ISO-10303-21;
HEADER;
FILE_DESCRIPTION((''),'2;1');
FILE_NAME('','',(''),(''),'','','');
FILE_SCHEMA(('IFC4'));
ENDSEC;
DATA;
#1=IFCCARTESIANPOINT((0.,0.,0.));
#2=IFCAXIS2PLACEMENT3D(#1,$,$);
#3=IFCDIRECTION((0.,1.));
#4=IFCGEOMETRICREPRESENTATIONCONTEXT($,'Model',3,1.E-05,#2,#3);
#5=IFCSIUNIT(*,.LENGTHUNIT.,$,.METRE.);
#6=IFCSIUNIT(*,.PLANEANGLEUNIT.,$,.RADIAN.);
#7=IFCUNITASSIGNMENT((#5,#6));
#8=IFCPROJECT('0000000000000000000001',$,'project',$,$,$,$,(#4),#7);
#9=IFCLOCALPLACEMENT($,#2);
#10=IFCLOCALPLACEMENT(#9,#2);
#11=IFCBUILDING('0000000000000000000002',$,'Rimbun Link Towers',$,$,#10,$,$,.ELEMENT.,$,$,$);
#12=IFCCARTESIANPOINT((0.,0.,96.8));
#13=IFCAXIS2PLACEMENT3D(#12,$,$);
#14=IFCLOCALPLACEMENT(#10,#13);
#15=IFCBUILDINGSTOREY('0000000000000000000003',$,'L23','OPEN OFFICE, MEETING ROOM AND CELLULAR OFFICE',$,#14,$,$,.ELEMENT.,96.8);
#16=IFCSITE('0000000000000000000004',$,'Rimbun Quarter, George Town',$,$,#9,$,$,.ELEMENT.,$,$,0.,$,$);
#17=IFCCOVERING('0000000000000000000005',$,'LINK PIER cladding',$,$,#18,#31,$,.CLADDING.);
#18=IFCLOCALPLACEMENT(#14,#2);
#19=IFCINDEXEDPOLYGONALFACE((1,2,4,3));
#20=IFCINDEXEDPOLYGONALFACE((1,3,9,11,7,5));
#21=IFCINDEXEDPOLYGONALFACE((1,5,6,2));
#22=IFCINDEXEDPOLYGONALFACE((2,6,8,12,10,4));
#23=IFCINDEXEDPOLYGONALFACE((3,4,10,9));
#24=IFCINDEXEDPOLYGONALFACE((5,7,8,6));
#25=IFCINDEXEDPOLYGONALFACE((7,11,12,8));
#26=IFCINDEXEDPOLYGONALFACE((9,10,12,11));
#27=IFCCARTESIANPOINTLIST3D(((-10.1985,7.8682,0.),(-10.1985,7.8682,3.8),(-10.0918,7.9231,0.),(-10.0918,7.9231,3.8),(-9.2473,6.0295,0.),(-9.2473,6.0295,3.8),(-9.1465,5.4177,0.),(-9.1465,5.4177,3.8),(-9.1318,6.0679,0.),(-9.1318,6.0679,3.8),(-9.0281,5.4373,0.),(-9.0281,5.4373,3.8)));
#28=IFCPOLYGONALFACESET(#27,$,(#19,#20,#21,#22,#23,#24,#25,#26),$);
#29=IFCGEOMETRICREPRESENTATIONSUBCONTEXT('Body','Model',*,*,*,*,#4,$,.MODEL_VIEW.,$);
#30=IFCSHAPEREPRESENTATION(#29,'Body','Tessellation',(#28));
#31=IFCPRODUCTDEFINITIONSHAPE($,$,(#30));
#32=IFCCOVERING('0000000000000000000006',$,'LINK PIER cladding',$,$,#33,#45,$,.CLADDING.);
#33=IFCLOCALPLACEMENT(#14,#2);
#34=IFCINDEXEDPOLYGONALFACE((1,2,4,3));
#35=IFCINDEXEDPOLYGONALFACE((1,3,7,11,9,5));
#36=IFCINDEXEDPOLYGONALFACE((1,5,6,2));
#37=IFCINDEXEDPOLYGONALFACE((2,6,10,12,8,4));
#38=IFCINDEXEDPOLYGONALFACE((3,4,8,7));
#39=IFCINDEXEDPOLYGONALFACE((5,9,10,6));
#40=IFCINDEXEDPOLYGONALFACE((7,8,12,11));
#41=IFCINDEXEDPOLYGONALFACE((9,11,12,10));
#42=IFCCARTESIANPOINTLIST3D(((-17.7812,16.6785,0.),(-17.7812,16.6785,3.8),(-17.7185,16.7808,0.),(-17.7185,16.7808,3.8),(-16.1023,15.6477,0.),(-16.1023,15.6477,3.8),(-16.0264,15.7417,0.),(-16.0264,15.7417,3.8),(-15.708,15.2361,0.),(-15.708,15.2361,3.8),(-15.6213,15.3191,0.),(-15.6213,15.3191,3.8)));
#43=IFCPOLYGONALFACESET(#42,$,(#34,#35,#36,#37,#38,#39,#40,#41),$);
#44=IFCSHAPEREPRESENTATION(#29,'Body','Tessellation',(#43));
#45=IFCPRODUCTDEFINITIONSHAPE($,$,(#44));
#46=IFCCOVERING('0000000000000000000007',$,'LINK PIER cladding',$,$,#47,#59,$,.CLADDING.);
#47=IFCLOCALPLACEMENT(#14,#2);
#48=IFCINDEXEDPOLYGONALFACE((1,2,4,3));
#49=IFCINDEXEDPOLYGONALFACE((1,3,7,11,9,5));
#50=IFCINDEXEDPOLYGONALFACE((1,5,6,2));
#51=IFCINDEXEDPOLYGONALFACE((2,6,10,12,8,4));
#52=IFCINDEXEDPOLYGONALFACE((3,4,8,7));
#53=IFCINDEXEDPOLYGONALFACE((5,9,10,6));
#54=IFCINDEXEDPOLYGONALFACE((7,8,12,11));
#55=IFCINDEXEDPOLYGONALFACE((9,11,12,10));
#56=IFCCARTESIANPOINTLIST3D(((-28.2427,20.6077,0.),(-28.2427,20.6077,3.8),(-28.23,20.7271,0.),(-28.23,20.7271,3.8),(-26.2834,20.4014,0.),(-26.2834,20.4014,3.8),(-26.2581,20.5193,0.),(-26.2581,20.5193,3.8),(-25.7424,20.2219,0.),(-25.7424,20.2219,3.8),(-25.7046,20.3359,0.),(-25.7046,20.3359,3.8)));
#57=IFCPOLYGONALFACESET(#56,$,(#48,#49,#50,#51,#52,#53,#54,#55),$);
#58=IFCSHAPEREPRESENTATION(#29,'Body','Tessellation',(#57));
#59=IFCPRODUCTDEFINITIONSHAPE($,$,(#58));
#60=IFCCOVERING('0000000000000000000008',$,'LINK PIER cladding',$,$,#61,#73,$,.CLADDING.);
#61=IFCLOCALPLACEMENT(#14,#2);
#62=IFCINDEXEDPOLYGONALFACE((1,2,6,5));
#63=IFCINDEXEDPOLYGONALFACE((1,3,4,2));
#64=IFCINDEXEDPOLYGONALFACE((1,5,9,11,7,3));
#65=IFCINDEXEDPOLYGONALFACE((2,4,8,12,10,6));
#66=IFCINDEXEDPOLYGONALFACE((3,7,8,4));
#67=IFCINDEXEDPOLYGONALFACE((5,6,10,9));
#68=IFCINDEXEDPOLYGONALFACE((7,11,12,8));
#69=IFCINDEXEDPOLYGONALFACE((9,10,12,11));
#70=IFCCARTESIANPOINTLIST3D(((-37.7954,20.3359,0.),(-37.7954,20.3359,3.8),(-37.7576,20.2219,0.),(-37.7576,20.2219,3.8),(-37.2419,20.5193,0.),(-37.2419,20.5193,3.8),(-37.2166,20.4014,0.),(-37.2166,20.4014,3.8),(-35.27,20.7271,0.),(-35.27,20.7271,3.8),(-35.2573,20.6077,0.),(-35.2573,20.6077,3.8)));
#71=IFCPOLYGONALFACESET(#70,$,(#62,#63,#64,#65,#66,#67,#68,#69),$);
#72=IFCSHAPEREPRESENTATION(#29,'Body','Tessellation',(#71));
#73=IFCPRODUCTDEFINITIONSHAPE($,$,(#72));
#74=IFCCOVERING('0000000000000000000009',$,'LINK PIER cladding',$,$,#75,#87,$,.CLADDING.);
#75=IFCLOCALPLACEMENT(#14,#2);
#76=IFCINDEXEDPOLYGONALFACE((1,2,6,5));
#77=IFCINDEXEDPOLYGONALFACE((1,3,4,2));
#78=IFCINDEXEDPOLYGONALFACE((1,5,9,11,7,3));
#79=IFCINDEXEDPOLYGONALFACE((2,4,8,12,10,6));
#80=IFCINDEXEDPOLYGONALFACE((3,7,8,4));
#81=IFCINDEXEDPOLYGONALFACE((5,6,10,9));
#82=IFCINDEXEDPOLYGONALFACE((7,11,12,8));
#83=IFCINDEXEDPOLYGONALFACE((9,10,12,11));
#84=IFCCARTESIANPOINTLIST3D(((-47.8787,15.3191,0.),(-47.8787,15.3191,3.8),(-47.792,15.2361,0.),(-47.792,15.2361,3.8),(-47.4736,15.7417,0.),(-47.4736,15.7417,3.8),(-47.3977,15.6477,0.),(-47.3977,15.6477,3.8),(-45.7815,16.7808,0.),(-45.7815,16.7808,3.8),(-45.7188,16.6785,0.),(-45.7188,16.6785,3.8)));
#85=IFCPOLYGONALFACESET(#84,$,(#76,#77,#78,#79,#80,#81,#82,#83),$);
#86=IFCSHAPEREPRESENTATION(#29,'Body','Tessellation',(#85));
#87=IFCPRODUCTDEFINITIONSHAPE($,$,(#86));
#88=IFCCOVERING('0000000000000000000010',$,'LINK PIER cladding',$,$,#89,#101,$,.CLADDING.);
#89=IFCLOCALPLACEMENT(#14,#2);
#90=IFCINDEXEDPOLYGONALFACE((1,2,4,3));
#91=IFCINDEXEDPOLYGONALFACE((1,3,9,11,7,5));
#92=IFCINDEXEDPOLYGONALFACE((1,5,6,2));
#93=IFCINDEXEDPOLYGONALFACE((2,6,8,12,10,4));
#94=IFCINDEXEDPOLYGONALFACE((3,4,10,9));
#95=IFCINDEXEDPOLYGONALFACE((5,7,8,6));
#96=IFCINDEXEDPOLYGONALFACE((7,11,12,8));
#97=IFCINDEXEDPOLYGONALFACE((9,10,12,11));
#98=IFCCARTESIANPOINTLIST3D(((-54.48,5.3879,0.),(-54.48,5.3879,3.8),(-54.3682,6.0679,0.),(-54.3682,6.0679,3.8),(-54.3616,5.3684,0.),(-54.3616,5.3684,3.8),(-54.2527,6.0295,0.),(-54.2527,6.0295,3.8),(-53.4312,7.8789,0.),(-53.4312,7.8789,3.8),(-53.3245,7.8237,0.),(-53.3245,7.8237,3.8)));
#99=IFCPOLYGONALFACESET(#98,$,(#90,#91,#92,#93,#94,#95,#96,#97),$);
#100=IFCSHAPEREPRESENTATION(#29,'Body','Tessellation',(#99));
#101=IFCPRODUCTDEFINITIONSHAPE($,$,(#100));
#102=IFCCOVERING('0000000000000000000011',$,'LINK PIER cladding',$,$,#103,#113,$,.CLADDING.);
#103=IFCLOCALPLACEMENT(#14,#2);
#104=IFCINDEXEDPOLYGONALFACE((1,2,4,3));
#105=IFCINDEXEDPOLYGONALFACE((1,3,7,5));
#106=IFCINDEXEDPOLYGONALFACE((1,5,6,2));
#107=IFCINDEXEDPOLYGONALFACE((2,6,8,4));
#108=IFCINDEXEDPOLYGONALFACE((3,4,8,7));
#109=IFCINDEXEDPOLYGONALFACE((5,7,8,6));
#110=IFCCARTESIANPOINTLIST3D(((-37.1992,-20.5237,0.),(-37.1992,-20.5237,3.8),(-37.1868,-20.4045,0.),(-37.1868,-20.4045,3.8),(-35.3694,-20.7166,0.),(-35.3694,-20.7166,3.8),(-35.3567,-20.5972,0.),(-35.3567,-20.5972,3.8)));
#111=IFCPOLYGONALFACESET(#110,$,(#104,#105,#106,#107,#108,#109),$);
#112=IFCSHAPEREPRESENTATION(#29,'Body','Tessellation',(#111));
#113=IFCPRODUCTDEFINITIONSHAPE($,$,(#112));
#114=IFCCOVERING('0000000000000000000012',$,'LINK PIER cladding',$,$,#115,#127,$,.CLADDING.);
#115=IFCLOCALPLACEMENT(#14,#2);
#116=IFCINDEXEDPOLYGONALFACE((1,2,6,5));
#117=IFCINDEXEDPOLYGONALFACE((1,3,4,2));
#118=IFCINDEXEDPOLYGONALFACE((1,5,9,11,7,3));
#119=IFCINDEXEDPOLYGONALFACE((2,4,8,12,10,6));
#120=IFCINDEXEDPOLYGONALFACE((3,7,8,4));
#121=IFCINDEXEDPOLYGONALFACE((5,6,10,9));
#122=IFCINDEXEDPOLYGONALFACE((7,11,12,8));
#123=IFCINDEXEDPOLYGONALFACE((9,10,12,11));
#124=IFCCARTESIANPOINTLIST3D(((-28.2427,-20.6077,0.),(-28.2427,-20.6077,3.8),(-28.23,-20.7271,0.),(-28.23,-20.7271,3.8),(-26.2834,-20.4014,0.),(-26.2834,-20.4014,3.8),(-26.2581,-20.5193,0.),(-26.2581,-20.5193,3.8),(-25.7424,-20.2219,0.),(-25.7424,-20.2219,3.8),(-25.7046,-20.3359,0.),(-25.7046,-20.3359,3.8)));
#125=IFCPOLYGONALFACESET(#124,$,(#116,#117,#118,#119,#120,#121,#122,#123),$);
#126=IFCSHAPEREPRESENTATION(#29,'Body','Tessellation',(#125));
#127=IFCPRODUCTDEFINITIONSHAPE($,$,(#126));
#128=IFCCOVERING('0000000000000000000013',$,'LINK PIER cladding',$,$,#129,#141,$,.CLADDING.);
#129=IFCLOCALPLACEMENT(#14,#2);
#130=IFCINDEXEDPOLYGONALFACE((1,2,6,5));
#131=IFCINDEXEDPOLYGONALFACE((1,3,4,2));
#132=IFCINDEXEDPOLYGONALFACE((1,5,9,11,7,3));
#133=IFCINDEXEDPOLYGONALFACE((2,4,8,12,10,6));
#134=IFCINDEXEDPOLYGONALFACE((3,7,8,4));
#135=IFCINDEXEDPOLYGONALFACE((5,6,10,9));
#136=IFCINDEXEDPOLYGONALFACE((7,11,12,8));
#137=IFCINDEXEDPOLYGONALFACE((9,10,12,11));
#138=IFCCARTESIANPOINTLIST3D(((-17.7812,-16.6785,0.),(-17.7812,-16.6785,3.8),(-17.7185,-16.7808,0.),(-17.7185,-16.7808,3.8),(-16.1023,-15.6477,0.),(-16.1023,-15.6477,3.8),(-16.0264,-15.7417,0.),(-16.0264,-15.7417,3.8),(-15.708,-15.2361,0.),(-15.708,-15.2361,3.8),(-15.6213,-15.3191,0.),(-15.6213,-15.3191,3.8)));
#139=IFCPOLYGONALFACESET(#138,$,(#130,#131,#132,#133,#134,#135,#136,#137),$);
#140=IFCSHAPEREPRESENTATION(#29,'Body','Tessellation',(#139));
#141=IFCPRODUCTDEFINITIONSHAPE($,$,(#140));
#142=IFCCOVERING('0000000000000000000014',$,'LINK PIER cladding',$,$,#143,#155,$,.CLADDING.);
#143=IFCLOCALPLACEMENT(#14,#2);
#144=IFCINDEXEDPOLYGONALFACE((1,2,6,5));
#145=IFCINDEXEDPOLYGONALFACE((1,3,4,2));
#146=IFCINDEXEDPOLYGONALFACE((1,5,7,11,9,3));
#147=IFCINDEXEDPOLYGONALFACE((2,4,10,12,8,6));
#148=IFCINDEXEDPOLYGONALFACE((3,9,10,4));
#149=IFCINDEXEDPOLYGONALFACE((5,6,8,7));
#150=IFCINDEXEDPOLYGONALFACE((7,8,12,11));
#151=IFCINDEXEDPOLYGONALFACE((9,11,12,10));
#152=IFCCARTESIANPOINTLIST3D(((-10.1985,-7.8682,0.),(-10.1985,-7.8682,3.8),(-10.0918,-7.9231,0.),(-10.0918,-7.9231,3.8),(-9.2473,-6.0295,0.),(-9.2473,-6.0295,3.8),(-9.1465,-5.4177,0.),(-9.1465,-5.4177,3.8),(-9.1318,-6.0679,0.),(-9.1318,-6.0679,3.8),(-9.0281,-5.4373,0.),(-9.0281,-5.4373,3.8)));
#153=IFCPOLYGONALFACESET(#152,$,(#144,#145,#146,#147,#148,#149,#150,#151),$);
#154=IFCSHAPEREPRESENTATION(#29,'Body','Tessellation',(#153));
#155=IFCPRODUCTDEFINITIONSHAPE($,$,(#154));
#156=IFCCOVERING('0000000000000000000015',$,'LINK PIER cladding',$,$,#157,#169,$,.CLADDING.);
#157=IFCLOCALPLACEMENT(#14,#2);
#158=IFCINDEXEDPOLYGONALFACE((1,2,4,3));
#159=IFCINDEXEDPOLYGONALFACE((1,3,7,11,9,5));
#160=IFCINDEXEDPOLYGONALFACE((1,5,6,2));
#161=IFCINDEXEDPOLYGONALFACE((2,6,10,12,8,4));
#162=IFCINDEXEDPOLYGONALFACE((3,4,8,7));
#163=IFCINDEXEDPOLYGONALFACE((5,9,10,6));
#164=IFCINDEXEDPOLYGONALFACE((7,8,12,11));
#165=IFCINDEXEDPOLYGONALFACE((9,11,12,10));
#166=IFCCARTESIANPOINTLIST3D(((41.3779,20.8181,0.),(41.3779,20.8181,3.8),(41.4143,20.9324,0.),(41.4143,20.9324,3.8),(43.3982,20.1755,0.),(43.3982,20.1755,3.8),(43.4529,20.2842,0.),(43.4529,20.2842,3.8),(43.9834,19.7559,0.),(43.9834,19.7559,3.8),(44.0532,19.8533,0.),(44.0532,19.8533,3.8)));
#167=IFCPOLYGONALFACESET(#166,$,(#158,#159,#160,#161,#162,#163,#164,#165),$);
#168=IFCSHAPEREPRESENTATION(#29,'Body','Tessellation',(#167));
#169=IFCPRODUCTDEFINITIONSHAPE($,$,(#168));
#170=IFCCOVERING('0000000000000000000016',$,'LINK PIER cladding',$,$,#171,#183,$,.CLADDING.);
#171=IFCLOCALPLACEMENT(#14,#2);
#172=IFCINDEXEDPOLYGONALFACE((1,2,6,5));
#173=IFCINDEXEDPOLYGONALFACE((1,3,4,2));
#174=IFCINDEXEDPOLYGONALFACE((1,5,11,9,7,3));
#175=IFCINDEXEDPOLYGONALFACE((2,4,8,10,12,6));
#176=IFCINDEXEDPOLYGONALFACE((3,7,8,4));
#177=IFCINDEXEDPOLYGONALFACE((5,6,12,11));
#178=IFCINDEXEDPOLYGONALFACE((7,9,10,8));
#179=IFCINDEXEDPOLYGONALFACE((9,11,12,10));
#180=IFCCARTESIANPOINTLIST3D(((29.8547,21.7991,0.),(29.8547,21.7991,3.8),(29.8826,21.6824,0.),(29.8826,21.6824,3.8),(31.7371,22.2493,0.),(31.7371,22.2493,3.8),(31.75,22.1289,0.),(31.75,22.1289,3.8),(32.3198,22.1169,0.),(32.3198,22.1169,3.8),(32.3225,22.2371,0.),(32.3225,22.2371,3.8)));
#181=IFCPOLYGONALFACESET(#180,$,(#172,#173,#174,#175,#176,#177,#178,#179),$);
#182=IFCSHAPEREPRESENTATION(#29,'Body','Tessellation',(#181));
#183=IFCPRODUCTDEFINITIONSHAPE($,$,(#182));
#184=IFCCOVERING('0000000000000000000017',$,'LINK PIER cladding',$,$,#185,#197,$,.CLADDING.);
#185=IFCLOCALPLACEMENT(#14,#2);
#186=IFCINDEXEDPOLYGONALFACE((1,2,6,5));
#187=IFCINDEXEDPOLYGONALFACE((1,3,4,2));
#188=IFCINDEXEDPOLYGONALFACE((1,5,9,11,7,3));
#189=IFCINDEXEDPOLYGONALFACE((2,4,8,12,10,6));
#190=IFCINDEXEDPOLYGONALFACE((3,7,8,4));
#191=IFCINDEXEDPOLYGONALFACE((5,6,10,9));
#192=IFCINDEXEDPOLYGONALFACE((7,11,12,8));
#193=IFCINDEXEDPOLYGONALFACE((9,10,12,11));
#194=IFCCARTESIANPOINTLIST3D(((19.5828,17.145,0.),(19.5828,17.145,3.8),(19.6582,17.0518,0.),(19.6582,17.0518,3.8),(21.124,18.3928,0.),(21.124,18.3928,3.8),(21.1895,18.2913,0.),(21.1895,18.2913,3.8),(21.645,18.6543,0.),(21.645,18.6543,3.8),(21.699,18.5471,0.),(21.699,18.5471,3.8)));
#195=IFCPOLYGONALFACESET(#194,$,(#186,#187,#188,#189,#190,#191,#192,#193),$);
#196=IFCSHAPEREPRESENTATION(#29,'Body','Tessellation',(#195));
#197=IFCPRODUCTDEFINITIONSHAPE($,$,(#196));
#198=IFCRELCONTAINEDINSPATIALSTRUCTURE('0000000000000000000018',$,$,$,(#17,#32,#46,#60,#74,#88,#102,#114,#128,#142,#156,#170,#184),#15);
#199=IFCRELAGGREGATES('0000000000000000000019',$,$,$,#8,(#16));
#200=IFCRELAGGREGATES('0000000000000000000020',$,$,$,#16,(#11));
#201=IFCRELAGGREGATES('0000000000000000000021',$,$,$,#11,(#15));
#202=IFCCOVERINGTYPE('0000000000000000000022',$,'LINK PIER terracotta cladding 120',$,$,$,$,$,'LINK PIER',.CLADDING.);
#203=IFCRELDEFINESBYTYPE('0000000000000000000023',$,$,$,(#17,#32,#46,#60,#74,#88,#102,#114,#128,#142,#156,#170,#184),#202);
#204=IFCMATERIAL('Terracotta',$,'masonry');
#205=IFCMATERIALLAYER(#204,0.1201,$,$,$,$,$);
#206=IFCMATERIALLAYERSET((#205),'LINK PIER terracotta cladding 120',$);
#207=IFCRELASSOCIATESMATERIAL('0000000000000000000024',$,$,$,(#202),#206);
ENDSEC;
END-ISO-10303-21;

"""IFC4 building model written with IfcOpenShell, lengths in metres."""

from ifc_helpers import new_model, si_unit, direction, frame, origin, place, context, subcontext, project, spatial, polyline, outline, extrude, material, layer, layer_set, type_object, element, save


model = new_model("IFC4")

# Units and contexts
model_context = context("Model", 3, precision=1e-05, world=origin(), true_north=direction((0.0, 1.0)))
body_context = subcontext(model_context, "Body", "Model", "MODEL_VIEW")
ifc_project = project(units=[si_unit("LENGTHUNIT", "METRE"), si_unit("PLANEANGLEUNIT", "RADIAN")], contexts=[model_context])

# Site, building, storey
site_placement = place(None, origin())
site = spatial("IfcSite", under=ifc_project, at=site_placement, Name="Rimbun Quarter, George Town", CompositionType="ELEMENT", RefElevation=0.0)
building_placement = place(site_placement, origin())
building = spatial("IfcBuilding", under=site, at=building_placement, Name="Rimbun Link Towers", CompositionType="ELEMENT")
storey_placement = place(building_placement, frame((0.0, 0.0, 96.8)))
storey = spatial("IfcBuildingStorey", under=building, at=storey_placement, Name="L23", Description="OPEN OFFICE, MEETING ROOM AND CELLULAR OFFICE", CompositionType="ELEMENT", Elevation=96.8)

# Coverings
ifc_material_1 = material(Name="Terracotta", Category="masonry")
ifc_layer_1 = layer(ifc_material_1, 0.1201)
ifc_layer_set_1 = layer_set([ifc_layer_1], Name="LINK PIER terracotta cladding 120")
covering_type_1 = type_object("IfcCoveringType", Name="LINK PIER terracotta cladding 120", ElementType="LINK PIER", PredefinedType="CLADDING", material=ifc_layer_set_1)
covering_1_placement = place(storey_placement, origin())
element("IfcCovering", 1, at=covering_1_placement, inside=storey, type_object=covering_type_1, Name="LINK PIER cladding", PredefinedType="CLADDING", context=body_context, shape_type="SweptSolid", body=[
    extrude(outline(polyline([(-10.1985, 7.8682), (-9.2473, 6.0295), (-9.1465, 5.4177), (-9.0281, 5.4373), (-9.1318, 6.0679), (-10.0918, 7.9231), (-10.1985, 7.8682)])), origin(), (0.0, 0.0, 1.0), 3.8),
])
covering_2_placement = place(storey_placement, origin())
element("IfcCovering", 2, at=covering_2_placement, inside=storey, type_object=covering_type_1, Name="LINK PIER cladding", PredefinedType="CLADDING", context=body_context, shape_type="SweptSolid", body=[
    extrude(outline(polyline([(-17.7812, 16.6785), (-16.1023, 15.6477), (-15.708, 15.2361), (-15.6213, 15.3191), (-16.0264, 15.7417), (-17.7185, 16.7808), (-17.7812, 16.6785)])), origin(), (0.0, 0.0, 1.0), 3.8),
])
covering_3_placement = place(storey_placement, origin())
element("IfcCovering", 3, at=covering_3_placement, inside=storey, type_object=covering_type_1, Name="LINK PIER cladding", PredefinedType="CLADDING", context=body_context, shape_type="SweptSolid", body=[
    extrude(outline(polyline([(-28.2427, 20.6077), (-26.2834, 20.4014), (-25.7424, 20.2219), (-25.7046, 20.3359), (-26.2581, 20.5193), (-28.23, 20.7271), (-28.2427, 20.6077)])), origin(), (0.0, 0.0, 1.0), 3.8),
])
covering_4_placement = place(storey_placement, origin())
element("IfcCovering", 4, at=covering_4_placement, inside=storey, type_object=covering_type_1, Name="LINK PIER cladding", PredefinedType="CLADDING", context=body_context, shape_type="SweptSolid", body=[
    extrude(outline(polyline([(-37.7576, 20.2219), (-37.2166, 20.4014), (-35.2573, 20.6077), (-35.27, 20.7271), (-37.2419, 20.5193), (-37.7954, 20.3359), (-37.7576, 20.2219)])), origin(), (0.0, 0.0, 1.0), 3.8),
])
covering_5_placement = place(storey_placement, origin())
element("IfcCovering", 5, at=covering_5_placement, inside=storey, type_object=covering_type_1, Name="LINK PIER cladding", PredefinedType="CLADDING", context=body_context, shape_type="SweptSolid", body=[
    extrude(outline(polyline([(-47.792, 15.2361), (-47.3977, 15.6477), (-45.7188, 16.6785), (-45.7815, 16.7808), (-47.4736, 15.7417), (-47.8787, 15.3191), (-47.792, 15.2361)])), origin(), (0.0, 0.0, 1.0), 3.8),
])
covering_6_placement = place(storey_placement, origin())
element("IfcCovering", 6, at=covering_6_placement, inside=storey, type_object=covering_type_1, Name="LINK PIER cladding", PredefinedType="CLADDING", context=body_context, shape_type="SweptSolid", body=[
    extrude(outline(polyline([(-54.3616, 5.3684), (-54.2527, 6.0295), (-53.3245, 7.8237), (-53.4312, 7.8789), (-54.3682, 6.0679), (-54.48, 5.3879), (-54.3616, 5.3684)])), origin(), (0.0, 0.0, 1.0), 3.8),
])
covering_7_placement = place(storey_placement, origin())
element("IfcCovering", 7, at=covering_7_placement, inside=storey, type_object=covering_type_1, Name="LINK PIER cladding", PredefinedType="CLADDING", context=body_context, shape_type="SweptSolid", body=[
    extrude(outline(polyline([(-35.3567, -20.5972), (-37.1868, -20.4045), (-37.1992, -20.5237), (-35.3694, -20.7166), (-35.3567, -20.5972)])), origin(), (0.0, 0.0, 1.0), 3.8),
])
covering_8_placement = place(storey_placement, origin())
element("IfcCovering", 8, at=covering_8_placement, inside=storey, type_object=covering_type_1, Name="LINK PIER cladding", PredefinedType="CLADDING", context=body_context, shape_type="SweptSolid", body=[
    extrude(outline(polyline([(-25.7424, -20.2219), (-26.2834, -20.4014), (-28.2427, -20.6077), (-28.23, -20.7271), (-26.2581, -20.5193), (-25.7046, -20.3359), (-25.7424, -20.2219)])), origin(), (0.0, 0.0, 1.0), 3.8),
])
covering_9_placement = place(storey_placement, origin())
element("IfcCovering", 9, at=covering_9_placement, inside=storey, type_object=covering_type_1, Name="LINK PIER cladding", PredefinedType="CLADDING", context=body_context, shape_type="SweptSolid", body=[
    extrude(outline(polyline([(-15.708, -15.2361), (-16.1023, -15.6477), (-17.7812, -16.6785), (-17.7185, -16.7808), (-16.0264, -15.7417), (-15.6213, -15.3191), (-15.708, -15.2361)])), origin(), (0.0, 0.0, 1.0), 3.8),
])
covering_10_placement = place(storey_placement, origin())
element("IfcCovering", 10, at=covering_10_placement, inside=storey, type_object=covering_type_1, Name="LINK PIER cladding", PredefinedType="CLADDING", context=body_context, shape_type="SweptSolid", body=[
    extrude(outline(polyline([(-9.1465, -5.4177), (-9.2473, -6.0295), (-10.1985, -7.8682), (-10.0918, -7.9231), (-9.1318, -6.0679), (-9.0281, -5.4373), (-9.1465, -5.4177)])), origin(), (0.0, 0.0, 1.0), 3.8),
])
covering_11_placement = place(storey_placement, origin())
element("IfcCovering", 11, at=covering_11_placement, inside=storey, type_object=covering_type_1, Name="LINK PIER cladding", PredefinedType="CLADDING", context=body_context, shape_type="SweptSolid", body=[
    extrude(outline(polyline([(41.3779, 20.8181), (43.3982, 20.1755), (43.9834, 19.7559), (44.0532, 19.8533), (43.4529, 20.2842), (41.4143, 20.9324), (41.3779, 20.8181)])), origin(), (0.0, 0.0, 1.0), 3.8),
])
covering_12_placement = place(storey_placement, origin())
element("IfcCovering", 12, at=covering_12_placement, inside=storey, type_object=covering_type_1, Name="LINK PIER cladding", PredefinedType="CLADDING", context=body_context, shape_type="SweptSolid", body=[
    extrude(outline(polyline([(29.8826, 21.6824), (31.75, 22.1289), (32.3198, 22.1169), (32.3225, 22.2371), (31.7371, 22.2493), (29.8547, 21.7991), (29.8826, 21.6824)])), origin(), (0.0, 0.0, 1.0), 3.8),
])
covering_13_placement = place(storey_placement, origin())
element("IfcCovering", 13, at=covering_13_placement, inside=storey, type_object=covering_type_1, Name="LINK PIER cladding", PredefinedType="CLADDING", context=body_context, shape_type="SweptSolid", body=[
    extrude(outline(polyline([(19.6582, 17.0518), (21.1895, 18.2913), (21.699, 18.5471), (21.645, 18.6543), (21.124, 18.3928), (19.5828, 17.145), (19.6582, 17.0518)])), origin(), (0.0, 0.0, 1.0), 3.8),
])

save(model, "model.ifc")
